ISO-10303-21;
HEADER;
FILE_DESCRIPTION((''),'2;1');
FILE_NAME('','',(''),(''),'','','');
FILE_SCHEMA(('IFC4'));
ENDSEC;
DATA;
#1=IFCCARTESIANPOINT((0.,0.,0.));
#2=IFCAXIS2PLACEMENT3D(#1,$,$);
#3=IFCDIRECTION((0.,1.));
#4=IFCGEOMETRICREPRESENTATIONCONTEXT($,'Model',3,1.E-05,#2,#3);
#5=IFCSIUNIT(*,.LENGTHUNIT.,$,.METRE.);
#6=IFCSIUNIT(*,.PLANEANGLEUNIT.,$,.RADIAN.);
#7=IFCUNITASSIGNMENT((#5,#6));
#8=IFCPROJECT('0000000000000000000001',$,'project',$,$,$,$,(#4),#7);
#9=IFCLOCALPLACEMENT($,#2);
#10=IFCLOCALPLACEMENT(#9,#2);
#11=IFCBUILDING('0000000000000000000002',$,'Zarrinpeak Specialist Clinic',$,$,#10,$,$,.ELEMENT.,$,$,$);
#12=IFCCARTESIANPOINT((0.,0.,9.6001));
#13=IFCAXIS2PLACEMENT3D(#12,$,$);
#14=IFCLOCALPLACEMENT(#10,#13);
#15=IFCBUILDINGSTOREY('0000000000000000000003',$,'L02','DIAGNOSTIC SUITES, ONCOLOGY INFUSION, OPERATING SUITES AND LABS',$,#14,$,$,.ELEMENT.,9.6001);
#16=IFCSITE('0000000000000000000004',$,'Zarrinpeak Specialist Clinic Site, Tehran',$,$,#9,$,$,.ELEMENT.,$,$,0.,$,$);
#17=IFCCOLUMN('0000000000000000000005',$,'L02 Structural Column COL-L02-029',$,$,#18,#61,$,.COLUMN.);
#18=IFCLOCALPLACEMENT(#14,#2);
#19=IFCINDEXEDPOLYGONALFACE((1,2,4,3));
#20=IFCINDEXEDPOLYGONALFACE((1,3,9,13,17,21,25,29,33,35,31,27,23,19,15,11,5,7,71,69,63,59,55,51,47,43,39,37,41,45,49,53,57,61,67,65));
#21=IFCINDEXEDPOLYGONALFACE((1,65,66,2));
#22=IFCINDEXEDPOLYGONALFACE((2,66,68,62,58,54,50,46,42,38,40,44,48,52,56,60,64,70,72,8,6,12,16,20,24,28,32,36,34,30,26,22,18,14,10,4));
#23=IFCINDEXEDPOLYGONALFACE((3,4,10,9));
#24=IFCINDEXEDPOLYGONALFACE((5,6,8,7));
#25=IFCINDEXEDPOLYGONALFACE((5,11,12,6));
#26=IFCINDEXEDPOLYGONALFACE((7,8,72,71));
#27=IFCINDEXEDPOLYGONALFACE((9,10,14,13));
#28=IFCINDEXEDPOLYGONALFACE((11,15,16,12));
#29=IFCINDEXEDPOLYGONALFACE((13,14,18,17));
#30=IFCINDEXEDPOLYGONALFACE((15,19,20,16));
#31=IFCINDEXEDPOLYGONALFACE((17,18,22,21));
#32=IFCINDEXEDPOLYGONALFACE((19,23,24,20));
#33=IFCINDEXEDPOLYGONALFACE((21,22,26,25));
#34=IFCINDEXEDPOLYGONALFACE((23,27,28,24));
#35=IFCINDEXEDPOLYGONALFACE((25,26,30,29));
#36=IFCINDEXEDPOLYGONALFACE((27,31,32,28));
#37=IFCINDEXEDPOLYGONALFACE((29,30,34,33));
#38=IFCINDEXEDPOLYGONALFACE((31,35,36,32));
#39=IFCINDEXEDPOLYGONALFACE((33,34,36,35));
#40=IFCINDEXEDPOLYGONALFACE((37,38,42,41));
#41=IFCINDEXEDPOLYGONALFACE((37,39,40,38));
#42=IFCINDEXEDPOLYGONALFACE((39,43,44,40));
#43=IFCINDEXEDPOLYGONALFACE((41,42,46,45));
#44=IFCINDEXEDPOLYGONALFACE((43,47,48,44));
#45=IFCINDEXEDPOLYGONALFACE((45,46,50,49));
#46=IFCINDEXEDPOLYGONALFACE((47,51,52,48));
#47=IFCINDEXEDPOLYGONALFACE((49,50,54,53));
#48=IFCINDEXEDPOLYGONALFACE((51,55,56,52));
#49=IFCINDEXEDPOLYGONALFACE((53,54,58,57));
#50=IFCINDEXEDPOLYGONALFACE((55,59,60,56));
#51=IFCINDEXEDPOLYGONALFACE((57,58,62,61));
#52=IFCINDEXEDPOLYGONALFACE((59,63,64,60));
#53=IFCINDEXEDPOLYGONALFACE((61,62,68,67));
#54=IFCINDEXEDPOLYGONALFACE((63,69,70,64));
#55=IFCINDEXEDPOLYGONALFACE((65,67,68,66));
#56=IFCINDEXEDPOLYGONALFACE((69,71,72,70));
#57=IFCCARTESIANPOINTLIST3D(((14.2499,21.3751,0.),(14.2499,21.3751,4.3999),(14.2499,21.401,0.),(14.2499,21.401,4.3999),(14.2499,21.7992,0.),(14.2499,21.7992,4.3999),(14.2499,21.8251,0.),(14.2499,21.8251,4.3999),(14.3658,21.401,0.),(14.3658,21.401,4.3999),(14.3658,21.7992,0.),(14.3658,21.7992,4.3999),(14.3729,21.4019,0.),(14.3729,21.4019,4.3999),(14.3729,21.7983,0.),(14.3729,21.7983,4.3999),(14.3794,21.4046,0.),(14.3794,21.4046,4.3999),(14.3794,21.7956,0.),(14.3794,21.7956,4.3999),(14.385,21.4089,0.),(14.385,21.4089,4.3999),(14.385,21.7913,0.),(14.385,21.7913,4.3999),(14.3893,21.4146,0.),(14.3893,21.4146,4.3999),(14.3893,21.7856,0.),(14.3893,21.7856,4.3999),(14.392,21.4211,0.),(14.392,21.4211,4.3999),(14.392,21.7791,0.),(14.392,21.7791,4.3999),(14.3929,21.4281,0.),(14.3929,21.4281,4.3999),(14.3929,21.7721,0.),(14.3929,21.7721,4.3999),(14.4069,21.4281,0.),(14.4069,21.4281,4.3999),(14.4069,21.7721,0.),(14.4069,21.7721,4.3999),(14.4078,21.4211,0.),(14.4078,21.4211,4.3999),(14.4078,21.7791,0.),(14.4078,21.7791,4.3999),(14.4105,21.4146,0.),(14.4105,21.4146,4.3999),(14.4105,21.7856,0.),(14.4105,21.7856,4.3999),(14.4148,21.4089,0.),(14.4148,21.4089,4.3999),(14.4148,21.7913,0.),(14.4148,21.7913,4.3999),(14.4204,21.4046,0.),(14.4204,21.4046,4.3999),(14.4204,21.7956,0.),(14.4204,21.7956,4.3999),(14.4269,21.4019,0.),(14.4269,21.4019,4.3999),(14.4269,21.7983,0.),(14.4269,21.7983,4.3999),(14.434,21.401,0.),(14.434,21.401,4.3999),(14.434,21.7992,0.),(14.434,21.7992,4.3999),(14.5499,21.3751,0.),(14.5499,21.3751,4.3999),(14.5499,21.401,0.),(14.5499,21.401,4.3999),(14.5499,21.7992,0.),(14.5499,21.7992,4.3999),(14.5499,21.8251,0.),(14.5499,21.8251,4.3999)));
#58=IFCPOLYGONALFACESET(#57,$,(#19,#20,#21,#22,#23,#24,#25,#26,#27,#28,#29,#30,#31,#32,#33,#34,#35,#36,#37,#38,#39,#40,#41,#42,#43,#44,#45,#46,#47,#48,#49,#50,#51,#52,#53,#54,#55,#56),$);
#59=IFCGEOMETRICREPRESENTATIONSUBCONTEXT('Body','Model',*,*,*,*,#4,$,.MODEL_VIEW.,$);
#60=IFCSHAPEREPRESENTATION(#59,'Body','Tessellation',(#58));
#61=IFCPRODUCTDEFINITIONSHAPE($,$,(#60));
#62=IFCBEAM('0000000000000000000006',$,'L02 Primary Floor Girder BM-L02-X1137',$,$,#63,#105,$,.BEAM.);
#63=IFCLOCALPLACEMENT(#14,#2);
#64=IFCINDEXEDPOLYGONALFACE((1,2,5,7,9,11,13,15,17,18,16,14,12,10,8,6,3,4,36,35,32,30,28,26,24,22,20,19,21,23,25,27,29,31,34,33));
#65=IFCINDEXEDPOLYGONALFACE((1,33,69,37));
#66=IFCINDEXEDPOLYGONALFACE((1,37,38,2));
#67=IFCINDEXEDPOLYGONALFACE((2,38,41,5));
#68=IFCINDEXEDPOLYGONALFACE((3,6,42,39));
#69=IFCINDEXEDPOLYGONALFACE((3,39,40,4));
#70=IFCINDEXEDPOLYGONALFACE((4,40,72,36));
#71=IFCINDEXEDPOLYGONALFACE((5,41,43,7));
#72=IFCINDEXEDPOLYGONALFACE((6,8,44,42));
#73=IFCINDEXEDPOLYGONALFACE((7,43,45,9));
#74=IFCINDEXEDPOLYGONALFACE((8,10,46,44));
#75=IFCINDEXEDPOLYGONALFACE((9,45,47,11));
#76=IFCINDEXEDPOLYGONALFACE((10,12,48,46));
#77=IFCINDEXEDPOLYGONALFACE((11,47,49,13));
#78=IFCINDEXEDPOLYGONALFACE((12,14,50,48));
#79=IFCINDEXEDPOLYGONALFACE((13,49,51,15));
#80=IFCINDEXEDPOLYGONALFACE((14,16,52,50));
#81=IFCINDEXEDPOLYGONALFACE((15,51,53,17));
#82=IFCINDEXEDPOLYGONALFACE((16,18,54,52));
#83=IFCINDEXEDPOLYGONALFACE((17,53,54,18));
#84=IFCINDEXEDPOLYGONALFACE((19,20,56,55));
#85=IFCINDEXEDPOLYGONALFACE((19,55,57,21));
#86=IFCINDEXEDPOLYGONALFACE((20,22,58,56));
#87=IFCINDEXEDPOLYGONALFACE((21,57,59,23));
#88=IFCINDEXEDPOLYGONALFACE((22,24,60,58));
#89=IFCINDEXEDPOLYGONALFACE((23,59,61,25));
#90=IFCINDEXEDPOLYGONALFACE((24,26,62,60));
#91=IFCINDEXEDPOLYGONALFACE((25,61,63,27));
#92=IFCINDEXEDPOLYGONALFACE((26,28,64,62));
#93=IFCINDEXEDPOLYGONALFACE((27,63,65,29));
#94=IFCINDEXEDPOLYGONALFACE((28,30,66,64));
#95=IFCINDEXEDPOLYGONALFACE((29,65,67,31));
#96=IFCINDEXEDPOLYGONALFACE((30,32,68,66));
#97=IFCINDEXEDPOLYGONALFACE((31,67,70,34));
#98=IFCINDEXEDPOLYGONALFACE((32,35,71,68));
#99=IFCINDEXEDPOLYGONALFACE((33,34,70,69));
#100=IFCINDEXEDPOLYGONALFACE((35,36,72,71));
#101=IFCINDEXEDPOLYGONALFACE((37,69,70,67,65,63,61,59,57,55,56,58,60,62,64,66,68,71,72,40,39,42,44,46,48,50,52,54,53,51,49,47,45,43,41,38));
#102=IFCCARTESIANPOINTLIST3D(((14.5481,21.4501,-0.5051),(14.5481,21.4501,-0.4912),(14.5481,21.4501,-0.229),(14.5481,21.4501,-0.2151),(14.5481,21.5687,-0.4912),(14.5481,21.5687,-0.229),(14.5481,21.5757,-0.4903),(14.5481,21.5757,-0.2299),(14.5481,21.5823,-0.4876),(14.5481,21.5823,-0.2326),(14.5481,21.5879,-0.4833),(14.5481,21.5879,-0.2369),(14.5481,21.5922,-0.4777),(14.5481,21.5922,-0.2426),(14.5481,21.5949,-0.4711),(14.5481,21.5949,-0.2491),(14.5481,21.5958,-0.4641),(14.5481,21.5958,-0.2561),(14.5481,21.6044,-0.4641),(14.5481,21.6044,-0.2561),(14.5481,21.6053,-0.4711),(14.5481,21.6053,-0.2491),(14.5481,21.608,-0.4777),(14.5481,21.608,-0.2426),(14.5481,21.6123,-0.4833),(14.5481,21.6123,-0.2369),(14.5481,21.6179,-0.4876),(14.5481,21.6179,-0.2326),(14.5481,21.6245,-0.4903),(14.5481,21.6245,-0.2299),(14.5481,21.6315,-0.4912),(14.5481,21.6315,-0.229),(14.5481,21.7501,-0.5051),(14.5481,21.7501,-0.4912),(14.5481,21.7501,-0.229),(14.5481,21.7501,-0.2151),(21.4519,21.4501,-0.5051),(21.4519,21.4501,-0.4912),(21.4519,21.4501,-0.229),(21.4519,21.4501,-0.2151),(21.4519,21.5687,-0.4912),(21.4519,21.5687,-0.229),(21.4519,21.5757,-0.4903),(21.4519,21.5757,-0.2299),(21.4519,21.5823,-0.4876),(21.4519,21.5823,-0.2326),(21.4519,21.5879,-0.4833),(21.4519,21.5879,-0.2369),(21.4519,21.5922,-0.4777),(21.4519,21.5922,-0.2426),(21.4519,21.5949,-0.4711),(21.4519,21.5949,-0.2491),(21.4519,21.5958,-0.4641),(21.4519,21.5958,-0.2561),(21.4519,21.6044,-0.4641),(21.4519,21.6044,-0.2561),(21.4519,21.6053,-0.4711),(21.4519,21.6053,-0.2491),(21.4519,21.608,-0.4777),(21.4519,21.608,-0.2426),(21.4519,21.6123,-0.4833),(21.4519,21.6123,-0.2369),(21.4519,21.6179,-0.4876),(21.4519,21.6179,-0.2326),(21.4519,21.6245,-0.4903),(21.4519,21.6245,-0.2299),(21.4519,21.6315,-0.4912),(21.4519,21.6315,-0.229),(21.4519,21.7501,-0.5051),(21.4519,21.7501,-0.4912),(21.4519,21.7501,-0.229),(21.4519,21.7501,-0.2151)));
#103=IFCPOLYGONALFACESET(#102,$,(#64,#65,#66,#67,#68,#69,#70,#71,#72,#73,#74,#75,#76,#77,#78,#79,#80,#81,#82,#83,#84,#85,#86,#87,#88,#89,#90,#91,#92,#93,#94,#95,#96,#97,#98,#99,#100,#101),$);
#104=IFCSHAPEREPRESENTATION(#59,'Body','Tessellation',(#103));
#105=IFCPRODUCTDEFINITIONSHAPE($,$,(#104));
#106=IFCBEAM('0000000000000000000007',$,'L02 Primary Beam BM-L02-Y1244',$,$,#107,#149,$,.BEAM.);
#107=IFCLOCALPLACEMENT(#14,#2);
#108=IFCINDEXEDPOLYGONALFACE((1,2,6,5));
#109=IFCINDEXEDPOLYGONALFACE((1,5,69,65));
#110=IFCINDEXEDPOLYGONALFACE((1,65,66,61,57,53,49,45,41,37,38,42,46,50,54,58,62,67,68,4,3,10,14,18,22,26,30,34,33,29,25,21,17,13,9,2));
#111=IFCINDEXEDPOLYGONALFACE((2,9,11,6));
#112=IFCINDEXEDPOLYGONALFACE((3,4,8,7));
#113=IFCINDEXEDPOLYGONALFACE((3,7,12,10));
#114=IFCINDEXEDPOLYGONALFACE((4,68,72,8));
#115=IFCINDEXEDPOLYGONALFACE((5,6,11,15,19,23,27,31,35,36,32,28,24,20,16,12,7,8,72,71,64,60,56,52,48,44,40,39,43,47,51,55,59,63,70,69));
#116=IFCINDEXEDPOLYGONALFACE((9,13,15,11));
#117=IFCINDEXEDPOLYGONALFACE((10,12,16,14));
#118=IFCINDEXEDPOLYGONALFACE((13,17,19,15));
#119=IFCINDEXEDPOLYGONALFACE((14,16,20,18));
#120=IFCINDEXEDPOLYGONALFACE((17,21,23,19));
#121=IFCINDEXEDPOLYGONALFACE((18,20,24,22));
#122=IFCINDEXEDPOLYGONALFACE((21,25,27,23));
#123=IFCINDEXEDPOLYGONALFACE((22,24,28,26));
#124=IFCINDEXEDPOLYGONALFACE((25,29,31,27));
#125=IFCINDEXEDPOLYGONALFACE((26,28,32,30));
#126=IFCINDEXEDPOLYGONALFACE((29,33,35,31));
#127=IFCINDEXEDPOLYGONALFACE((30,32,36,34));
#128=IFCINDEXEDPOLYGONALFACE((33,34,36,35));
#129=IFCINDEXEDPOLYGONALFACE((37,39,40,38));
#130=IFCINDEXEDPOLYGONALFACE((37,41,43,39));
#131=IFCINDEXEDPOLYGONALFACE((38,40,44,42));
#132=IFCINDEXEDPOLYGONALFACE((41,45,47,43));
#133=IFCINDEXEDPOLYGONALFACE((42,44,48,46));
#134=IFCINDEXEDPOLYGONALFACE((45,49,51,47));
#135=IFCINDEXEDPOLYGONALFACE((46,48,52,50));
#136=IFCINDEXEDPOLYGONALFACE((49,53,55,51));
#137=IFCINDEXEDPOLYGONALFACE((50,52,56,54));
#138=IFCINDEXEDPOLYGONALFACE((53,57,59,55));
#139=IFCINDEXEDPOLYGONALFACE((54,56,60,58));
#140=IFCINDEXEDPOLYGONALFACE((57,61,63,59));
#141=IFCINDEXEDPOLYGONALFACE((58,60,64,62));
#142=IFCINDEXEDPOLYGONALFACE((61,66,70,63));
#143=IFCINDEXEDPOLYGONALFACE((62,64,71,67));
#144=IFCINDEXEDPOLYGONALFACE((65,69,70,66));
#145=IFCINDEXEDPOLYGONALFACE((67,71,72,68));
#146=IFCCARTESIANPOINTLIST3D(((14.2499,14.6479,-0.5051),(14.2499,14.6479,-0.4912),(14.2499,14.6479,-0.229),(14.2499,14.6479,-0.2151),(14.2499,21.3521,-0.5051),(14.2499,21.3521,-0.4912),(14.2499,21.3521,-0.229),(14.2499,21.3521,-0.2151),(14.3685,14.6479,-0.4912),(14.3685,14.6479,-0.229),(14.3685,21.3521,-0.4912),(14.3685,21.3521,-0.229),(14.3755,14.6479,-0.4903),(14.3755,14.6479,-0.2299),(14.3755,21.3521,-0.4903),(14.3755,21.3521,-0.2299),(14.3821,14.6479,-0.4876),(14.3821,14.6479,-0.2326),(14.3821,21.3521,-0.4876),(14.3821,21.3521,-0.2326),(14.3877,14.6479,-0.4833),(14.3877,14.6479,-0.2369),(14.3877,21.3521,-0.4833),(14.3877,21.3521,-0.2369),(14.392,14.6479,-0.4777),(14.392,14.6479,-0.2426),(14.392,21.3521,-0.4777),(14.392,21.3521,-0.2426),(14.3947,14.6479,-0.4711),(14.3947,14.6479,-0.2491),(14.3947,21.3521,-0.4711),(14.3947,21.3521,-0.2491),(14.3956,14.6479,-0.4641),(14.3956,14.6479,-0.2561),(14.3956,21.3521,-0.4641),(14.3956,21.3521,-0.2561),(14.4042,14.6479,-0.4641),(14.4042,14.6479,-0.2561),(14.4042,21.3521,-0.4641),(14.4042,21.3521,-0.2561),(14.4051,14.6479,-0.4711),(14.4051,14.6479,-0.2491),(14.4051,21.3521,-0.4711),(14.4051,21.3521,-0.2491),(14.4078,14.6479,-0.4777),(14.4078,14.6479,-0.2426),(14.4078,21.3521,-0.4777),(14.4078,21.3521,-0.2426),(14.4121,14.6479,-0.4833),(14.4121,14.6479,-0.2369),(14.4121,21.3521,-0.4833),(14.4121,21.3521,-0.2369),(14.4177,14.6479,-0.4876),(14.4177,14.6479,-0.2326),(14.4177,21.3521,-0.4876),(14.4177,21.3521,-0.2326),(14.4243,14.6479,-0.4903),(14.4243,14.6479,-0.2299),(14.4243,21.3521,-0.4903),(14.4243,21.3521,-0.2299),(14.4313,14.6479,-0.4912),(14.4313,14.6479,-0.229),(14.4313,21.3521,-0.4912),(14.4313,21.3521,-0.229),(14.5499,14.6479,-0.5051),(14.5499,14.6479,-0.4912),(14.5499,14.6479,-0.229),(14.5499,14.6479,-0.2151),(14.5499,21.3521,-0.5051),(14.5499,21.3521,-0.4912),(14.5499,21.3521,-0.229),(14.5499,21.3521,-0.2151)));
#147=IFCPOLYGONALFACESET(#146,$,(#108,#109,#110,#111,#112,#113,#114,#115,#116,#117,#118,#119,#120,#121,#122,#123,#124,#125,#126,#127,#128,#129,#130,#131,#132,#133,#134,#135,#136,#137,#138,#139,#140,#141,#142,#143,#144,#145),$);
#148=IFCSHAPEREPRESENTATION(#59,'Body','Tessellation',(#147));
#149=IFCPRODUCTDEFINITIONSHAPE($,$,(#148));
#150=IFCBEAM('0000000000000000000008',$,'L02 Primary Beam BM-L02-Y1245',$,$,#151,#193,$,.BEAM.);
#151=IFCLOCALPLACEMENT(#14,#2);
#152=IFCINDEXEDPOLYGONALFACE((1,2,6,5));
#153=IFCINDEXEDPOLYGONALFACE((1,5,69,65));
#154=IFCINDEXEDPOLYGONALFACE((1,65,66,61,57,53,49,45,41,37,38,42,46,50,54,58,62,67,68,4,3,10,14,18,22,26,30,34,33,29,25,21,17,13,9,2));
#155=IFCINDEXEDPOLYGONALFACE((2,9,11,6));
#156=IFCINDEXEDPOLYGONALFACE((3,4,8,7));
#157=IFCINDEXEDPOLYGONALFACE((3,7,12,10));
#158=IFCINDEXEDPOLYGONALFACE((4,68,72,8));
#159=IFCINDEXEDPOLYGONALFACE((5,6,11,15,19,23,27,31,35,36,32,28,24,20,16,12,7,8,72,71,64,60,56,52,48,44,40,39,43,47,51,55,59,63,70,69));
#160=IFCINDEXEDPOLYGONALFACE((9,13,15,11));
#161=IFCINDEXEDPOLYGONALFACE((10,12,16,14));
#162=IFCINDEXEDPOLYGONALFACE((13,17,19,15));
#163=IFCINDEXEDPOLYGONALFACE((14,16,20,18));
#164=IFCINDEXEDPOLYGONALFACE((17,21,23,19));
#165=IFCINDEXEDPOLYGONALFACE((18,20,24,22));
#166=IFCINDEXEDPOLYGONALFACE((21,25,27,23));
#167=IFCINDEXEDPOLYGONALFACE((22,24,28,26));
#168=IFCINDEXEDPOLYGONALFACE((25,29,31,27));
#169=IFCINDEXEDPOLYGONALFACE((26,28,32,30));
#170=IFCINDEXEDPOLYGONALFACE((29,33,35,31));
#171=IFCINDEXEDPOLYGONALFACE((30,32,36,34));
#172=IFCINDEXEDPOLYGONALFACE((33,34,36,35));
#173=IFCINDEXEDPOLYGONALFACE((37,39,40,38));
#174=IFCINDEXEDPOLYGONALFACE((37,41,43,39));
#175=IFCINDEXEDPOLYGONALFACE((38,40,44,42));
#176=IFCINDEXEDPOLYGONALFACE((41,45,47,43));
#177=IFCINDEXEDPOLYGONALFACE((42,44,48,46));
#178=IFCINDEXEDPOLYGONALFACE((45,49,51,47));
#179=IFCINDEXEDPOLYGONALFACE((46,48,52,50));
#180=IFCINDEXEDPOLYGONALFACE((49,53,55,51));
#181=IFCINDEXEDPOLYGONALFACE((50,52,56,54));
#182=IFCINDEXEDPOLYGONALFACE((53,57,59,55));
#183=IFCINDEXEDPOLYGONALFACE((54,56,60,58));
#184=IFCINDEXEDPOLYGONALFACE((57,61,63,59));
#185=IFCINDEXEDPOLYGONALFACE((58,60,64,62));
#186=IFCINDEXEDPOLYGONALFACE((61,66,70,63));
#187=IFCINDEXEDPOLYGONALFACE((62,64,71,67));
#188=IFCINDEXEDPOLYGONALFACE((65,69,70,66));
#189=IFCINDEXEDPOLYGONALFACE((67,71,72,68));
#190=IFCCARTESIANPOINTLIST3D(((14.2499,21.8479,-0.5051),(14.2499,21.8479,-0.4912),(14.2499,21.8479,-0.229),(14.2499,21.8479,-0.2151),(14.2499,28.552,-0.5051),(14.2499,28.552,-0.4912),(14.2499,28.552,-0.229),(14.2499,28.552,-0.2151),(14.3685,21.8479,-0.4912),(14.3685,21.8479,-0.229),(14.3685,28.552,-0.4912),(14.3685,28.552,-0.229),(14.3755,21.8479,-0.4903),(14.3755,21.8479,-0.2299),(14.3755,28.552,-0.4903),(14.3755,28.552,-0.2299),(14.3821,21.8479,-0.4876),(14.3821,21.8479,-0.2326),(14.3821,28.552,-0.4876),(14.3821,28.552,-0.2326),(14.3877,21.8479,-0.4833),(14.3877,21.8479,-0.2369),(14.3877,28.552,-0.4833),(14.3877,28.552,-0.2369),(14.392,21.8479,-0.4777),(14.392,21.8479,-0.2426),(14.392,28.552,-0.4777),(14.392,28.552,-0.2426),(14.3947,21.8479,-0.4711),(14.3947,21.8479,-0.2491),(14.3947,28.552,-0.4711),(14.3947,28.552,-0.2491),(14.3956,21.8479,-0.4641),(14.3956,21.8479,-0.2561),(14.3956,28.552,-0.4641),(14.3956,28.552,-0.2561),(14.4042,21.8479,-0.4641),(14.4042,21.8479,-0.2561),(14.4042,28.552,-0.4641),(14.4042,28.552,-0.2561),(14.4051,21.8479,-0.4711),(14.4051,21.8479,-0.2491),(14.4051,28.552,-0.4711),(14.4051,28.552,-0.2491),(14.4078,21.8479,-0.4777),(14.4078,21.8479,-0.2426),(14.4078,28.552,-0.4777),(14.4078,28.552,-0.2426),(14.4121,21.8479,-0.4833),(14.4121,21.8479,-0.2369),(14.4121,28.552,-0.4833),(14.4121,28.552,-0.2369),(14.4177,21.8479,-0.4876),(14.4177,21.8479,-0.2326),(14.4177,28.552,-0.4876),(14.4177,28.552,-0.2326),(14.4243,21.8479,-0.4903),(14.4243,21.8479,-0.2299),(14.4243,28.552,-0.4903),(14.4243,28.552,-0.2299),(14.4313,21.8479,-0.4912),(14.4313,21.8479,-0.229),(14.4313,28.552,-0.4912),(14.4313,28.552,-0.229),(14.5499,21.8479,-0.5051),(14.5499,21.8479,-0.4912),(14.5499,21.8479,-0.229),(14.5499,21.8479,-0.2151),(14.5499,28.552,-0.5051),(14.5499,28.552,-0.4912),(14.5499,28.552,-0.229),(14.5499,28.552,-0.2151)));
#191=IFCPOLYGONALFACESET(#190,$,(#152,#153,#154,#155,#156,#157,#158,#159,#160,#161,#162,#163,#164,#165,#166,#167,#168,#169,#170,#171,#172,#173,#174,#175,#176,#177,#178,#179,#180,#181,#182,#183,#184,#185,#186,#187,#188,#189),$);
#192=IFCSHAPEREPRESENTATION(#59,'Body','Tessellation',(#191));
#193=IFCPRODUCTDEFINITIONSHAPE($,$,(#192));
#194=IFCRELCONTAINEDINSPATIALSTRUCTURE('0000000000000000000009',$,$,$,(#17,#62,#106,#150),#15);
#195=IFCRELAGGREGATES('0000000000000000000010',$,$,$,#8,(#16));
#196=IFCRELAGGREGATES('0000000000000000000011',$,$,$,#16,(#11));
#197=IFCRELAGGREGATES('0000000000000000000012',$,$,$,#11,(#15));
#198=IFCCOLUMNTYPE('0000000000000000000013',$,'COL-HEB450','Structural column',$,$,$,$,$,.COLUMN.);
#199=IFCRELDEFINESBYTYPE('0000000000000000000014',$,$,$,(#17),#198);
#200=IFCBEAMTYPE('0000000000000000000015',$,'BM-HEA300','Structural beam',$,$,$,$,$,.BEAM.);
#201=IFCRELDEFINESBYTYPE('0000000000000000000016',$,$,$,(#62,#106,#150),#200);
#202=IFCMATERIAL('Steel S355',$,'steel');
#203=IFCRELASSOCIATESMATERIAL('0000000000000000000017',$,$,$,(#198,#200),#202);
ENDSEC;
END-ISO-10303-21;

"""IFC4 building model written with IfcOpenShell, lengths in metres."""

from ifc_helpers import new_model, si_unit, direction, frame, origin, origin_2d, place, context, subcontext, project, spatial, i_section, extrude, material, material_profile, profile_set, type_object, element, save


model = new_model("IFC4")

# Units and contexts
model_context = context("Model", 3, precision=1e-05, world=origin(), true_north=direction((0.0, 1.0)))
body_context = subcontext(model_context, "Body", "Model", "MODEL_VIEW")
ifc_project = project(units=[si_unit("LENGTHUNIT", "METRE"), si_unit("PLANEANGLEUNIT", "RADIAN")], contexts=[model_context])

# Site, building, storey
site_placement = place(None, origin())
site = spatial("IfcSite", under=ifc_project, at=site_placement, Name="Zarrinpeak Specialist Clinic Site, Tehran", CompositionType="ELEMENT", RefElevation=0.0)
building_placement = place(site_placement, origin())
building = spatial("IfcBuilding", under=site, at=building_placement, Name="Zarrinpeak Specialist Clinic", CompositionType="ELEMENT")
storey_placement = place(building_placement, frame((0.0, 0.0, 9.6001)))
storey = spatial("IfcBuildingStorey", under=building, at=storey_placement, Name="L02", Description="DIAGNOSTIC SUITES, ONCOLOGY INFUSION, OPERATING SUITES AND LABS", CompositionType="ELEMENT", Elevation=9.6001)

# Column
ifc_material_1 = material(Name="Steel S355", Category="steel")
ifc_material_profile_1 = material_profile(ifc_material_1, i_section(OverallWidth=0.3, OverallDepth=0.45, WebThickness=0.0139, FlangeThickness=0.0259, FilletRadius=0.0271, at=origin_2d()), Name="HEB 450")
ifc_profile_set_1 = profile_set([ifc_material_profile_1], Name="Steel S355")
column_type = type_object("IfcColumnType", Name="COL-HEB450", Description="Structural column", PredefinedType="COLUMN", material=ifc_profile_set_1)
column_placement = place(storey_placement, frame((14.3999, 21.6001, 0.0), z_axis=(0.0, 0.0, 1.0), x_axis=(1.0, 0.0, 0.0)))
element("IfcColumn", 1, at=column_placement, inside=storey, type_object=column_type, Name="L02 Structural Column COL-L02-029", PredefinedType="COLUMN", context=body_context, shape_type="SweptSolid", body=[
    extrude(i_section(OverallWidth=0.3, OverallDepth=0.45, WebThickness=0.0139, FlangeThickness=0.0259, FilletRadius=0.0271, at=origin_2d()), origin(), (0.0, 0.0, 1.0), 4.3999),
])

# Beams
ifc_material_profile_2 = material_profile(ifc_material_1, i_section(OverallWidth=0.3, OverallDepth=0.29, WebThickness=0.0085, FlangeThickness=0.0139, FilletRadius=0.0271, at=origin_2d()), Name="HEA 300")
ifc_profile_set_2 = profile_set([ifc_material_profile_2], Name="Steel S355")
beam_type_1 = type_object("IfcBeamType", Name="BM-HEA300", Description="Structural beam", PredefinedType="BEAM", material=ifc_profile_set_2)
beam_placement = place(storey_placement, frame((14.5481, 21.6001, -0.3601), z_axis=(1.0, 0.0, 0.0), x_axis=(0.0, 1.0, 0.0)))
element("IfcBeam", 2, at=beam_placement, inside=storey, type_object=beam_type_1, Name="L02 Primary Floor Girder BM-L02-X1137", PredefinedType="BEAM", context=body_context, shape_type="SweptSolid", body=[
    extrude(i_section(OverallWidth=0.3, OverallDepth=0.29, WebThickness=0.0085, FlangeThickness=0.0139, FilletRadius=0.0271, at=origin_2d()), origin(), (0.0, 0.0, 1.0), 6.9038),
])
for number, where, z_axis, x_axis, name in (
    (3, (14.3999, 14.6479, -0.3601), (0.0, 1.0, 0.0), (-1.0, 0.0, 0.0), "L02 Primary Beam BM-L02-Y1244"),
    (4, (14.3999, 21.8479, -0.3601), (0.0, 1.0, 0.0), (-1.0, 0.0, 0.0), "L02 Primary Beam BM-L02-Y1245"),
):
    element("IfcBeam", number, at=place(storey_placement, frame(where, z_axis=z_axis, x_axis=x_axis)), inside=storey, type_object=beam_type_1, Name=name, PredefinedType="BEAM", context=body_context, shape_type="SweptSolid", body=[
        extrude(i_section(OverallWidth=0.3, OverallDepth=0.29, WebThickness=0.0085, FlangeThickness=0.0139, FilletRadius=0.0271, at=origin_2d()), origin(), (0.0, 0.0, 1.0), 6.7041),
    ])

save(model, "model.ifc")
